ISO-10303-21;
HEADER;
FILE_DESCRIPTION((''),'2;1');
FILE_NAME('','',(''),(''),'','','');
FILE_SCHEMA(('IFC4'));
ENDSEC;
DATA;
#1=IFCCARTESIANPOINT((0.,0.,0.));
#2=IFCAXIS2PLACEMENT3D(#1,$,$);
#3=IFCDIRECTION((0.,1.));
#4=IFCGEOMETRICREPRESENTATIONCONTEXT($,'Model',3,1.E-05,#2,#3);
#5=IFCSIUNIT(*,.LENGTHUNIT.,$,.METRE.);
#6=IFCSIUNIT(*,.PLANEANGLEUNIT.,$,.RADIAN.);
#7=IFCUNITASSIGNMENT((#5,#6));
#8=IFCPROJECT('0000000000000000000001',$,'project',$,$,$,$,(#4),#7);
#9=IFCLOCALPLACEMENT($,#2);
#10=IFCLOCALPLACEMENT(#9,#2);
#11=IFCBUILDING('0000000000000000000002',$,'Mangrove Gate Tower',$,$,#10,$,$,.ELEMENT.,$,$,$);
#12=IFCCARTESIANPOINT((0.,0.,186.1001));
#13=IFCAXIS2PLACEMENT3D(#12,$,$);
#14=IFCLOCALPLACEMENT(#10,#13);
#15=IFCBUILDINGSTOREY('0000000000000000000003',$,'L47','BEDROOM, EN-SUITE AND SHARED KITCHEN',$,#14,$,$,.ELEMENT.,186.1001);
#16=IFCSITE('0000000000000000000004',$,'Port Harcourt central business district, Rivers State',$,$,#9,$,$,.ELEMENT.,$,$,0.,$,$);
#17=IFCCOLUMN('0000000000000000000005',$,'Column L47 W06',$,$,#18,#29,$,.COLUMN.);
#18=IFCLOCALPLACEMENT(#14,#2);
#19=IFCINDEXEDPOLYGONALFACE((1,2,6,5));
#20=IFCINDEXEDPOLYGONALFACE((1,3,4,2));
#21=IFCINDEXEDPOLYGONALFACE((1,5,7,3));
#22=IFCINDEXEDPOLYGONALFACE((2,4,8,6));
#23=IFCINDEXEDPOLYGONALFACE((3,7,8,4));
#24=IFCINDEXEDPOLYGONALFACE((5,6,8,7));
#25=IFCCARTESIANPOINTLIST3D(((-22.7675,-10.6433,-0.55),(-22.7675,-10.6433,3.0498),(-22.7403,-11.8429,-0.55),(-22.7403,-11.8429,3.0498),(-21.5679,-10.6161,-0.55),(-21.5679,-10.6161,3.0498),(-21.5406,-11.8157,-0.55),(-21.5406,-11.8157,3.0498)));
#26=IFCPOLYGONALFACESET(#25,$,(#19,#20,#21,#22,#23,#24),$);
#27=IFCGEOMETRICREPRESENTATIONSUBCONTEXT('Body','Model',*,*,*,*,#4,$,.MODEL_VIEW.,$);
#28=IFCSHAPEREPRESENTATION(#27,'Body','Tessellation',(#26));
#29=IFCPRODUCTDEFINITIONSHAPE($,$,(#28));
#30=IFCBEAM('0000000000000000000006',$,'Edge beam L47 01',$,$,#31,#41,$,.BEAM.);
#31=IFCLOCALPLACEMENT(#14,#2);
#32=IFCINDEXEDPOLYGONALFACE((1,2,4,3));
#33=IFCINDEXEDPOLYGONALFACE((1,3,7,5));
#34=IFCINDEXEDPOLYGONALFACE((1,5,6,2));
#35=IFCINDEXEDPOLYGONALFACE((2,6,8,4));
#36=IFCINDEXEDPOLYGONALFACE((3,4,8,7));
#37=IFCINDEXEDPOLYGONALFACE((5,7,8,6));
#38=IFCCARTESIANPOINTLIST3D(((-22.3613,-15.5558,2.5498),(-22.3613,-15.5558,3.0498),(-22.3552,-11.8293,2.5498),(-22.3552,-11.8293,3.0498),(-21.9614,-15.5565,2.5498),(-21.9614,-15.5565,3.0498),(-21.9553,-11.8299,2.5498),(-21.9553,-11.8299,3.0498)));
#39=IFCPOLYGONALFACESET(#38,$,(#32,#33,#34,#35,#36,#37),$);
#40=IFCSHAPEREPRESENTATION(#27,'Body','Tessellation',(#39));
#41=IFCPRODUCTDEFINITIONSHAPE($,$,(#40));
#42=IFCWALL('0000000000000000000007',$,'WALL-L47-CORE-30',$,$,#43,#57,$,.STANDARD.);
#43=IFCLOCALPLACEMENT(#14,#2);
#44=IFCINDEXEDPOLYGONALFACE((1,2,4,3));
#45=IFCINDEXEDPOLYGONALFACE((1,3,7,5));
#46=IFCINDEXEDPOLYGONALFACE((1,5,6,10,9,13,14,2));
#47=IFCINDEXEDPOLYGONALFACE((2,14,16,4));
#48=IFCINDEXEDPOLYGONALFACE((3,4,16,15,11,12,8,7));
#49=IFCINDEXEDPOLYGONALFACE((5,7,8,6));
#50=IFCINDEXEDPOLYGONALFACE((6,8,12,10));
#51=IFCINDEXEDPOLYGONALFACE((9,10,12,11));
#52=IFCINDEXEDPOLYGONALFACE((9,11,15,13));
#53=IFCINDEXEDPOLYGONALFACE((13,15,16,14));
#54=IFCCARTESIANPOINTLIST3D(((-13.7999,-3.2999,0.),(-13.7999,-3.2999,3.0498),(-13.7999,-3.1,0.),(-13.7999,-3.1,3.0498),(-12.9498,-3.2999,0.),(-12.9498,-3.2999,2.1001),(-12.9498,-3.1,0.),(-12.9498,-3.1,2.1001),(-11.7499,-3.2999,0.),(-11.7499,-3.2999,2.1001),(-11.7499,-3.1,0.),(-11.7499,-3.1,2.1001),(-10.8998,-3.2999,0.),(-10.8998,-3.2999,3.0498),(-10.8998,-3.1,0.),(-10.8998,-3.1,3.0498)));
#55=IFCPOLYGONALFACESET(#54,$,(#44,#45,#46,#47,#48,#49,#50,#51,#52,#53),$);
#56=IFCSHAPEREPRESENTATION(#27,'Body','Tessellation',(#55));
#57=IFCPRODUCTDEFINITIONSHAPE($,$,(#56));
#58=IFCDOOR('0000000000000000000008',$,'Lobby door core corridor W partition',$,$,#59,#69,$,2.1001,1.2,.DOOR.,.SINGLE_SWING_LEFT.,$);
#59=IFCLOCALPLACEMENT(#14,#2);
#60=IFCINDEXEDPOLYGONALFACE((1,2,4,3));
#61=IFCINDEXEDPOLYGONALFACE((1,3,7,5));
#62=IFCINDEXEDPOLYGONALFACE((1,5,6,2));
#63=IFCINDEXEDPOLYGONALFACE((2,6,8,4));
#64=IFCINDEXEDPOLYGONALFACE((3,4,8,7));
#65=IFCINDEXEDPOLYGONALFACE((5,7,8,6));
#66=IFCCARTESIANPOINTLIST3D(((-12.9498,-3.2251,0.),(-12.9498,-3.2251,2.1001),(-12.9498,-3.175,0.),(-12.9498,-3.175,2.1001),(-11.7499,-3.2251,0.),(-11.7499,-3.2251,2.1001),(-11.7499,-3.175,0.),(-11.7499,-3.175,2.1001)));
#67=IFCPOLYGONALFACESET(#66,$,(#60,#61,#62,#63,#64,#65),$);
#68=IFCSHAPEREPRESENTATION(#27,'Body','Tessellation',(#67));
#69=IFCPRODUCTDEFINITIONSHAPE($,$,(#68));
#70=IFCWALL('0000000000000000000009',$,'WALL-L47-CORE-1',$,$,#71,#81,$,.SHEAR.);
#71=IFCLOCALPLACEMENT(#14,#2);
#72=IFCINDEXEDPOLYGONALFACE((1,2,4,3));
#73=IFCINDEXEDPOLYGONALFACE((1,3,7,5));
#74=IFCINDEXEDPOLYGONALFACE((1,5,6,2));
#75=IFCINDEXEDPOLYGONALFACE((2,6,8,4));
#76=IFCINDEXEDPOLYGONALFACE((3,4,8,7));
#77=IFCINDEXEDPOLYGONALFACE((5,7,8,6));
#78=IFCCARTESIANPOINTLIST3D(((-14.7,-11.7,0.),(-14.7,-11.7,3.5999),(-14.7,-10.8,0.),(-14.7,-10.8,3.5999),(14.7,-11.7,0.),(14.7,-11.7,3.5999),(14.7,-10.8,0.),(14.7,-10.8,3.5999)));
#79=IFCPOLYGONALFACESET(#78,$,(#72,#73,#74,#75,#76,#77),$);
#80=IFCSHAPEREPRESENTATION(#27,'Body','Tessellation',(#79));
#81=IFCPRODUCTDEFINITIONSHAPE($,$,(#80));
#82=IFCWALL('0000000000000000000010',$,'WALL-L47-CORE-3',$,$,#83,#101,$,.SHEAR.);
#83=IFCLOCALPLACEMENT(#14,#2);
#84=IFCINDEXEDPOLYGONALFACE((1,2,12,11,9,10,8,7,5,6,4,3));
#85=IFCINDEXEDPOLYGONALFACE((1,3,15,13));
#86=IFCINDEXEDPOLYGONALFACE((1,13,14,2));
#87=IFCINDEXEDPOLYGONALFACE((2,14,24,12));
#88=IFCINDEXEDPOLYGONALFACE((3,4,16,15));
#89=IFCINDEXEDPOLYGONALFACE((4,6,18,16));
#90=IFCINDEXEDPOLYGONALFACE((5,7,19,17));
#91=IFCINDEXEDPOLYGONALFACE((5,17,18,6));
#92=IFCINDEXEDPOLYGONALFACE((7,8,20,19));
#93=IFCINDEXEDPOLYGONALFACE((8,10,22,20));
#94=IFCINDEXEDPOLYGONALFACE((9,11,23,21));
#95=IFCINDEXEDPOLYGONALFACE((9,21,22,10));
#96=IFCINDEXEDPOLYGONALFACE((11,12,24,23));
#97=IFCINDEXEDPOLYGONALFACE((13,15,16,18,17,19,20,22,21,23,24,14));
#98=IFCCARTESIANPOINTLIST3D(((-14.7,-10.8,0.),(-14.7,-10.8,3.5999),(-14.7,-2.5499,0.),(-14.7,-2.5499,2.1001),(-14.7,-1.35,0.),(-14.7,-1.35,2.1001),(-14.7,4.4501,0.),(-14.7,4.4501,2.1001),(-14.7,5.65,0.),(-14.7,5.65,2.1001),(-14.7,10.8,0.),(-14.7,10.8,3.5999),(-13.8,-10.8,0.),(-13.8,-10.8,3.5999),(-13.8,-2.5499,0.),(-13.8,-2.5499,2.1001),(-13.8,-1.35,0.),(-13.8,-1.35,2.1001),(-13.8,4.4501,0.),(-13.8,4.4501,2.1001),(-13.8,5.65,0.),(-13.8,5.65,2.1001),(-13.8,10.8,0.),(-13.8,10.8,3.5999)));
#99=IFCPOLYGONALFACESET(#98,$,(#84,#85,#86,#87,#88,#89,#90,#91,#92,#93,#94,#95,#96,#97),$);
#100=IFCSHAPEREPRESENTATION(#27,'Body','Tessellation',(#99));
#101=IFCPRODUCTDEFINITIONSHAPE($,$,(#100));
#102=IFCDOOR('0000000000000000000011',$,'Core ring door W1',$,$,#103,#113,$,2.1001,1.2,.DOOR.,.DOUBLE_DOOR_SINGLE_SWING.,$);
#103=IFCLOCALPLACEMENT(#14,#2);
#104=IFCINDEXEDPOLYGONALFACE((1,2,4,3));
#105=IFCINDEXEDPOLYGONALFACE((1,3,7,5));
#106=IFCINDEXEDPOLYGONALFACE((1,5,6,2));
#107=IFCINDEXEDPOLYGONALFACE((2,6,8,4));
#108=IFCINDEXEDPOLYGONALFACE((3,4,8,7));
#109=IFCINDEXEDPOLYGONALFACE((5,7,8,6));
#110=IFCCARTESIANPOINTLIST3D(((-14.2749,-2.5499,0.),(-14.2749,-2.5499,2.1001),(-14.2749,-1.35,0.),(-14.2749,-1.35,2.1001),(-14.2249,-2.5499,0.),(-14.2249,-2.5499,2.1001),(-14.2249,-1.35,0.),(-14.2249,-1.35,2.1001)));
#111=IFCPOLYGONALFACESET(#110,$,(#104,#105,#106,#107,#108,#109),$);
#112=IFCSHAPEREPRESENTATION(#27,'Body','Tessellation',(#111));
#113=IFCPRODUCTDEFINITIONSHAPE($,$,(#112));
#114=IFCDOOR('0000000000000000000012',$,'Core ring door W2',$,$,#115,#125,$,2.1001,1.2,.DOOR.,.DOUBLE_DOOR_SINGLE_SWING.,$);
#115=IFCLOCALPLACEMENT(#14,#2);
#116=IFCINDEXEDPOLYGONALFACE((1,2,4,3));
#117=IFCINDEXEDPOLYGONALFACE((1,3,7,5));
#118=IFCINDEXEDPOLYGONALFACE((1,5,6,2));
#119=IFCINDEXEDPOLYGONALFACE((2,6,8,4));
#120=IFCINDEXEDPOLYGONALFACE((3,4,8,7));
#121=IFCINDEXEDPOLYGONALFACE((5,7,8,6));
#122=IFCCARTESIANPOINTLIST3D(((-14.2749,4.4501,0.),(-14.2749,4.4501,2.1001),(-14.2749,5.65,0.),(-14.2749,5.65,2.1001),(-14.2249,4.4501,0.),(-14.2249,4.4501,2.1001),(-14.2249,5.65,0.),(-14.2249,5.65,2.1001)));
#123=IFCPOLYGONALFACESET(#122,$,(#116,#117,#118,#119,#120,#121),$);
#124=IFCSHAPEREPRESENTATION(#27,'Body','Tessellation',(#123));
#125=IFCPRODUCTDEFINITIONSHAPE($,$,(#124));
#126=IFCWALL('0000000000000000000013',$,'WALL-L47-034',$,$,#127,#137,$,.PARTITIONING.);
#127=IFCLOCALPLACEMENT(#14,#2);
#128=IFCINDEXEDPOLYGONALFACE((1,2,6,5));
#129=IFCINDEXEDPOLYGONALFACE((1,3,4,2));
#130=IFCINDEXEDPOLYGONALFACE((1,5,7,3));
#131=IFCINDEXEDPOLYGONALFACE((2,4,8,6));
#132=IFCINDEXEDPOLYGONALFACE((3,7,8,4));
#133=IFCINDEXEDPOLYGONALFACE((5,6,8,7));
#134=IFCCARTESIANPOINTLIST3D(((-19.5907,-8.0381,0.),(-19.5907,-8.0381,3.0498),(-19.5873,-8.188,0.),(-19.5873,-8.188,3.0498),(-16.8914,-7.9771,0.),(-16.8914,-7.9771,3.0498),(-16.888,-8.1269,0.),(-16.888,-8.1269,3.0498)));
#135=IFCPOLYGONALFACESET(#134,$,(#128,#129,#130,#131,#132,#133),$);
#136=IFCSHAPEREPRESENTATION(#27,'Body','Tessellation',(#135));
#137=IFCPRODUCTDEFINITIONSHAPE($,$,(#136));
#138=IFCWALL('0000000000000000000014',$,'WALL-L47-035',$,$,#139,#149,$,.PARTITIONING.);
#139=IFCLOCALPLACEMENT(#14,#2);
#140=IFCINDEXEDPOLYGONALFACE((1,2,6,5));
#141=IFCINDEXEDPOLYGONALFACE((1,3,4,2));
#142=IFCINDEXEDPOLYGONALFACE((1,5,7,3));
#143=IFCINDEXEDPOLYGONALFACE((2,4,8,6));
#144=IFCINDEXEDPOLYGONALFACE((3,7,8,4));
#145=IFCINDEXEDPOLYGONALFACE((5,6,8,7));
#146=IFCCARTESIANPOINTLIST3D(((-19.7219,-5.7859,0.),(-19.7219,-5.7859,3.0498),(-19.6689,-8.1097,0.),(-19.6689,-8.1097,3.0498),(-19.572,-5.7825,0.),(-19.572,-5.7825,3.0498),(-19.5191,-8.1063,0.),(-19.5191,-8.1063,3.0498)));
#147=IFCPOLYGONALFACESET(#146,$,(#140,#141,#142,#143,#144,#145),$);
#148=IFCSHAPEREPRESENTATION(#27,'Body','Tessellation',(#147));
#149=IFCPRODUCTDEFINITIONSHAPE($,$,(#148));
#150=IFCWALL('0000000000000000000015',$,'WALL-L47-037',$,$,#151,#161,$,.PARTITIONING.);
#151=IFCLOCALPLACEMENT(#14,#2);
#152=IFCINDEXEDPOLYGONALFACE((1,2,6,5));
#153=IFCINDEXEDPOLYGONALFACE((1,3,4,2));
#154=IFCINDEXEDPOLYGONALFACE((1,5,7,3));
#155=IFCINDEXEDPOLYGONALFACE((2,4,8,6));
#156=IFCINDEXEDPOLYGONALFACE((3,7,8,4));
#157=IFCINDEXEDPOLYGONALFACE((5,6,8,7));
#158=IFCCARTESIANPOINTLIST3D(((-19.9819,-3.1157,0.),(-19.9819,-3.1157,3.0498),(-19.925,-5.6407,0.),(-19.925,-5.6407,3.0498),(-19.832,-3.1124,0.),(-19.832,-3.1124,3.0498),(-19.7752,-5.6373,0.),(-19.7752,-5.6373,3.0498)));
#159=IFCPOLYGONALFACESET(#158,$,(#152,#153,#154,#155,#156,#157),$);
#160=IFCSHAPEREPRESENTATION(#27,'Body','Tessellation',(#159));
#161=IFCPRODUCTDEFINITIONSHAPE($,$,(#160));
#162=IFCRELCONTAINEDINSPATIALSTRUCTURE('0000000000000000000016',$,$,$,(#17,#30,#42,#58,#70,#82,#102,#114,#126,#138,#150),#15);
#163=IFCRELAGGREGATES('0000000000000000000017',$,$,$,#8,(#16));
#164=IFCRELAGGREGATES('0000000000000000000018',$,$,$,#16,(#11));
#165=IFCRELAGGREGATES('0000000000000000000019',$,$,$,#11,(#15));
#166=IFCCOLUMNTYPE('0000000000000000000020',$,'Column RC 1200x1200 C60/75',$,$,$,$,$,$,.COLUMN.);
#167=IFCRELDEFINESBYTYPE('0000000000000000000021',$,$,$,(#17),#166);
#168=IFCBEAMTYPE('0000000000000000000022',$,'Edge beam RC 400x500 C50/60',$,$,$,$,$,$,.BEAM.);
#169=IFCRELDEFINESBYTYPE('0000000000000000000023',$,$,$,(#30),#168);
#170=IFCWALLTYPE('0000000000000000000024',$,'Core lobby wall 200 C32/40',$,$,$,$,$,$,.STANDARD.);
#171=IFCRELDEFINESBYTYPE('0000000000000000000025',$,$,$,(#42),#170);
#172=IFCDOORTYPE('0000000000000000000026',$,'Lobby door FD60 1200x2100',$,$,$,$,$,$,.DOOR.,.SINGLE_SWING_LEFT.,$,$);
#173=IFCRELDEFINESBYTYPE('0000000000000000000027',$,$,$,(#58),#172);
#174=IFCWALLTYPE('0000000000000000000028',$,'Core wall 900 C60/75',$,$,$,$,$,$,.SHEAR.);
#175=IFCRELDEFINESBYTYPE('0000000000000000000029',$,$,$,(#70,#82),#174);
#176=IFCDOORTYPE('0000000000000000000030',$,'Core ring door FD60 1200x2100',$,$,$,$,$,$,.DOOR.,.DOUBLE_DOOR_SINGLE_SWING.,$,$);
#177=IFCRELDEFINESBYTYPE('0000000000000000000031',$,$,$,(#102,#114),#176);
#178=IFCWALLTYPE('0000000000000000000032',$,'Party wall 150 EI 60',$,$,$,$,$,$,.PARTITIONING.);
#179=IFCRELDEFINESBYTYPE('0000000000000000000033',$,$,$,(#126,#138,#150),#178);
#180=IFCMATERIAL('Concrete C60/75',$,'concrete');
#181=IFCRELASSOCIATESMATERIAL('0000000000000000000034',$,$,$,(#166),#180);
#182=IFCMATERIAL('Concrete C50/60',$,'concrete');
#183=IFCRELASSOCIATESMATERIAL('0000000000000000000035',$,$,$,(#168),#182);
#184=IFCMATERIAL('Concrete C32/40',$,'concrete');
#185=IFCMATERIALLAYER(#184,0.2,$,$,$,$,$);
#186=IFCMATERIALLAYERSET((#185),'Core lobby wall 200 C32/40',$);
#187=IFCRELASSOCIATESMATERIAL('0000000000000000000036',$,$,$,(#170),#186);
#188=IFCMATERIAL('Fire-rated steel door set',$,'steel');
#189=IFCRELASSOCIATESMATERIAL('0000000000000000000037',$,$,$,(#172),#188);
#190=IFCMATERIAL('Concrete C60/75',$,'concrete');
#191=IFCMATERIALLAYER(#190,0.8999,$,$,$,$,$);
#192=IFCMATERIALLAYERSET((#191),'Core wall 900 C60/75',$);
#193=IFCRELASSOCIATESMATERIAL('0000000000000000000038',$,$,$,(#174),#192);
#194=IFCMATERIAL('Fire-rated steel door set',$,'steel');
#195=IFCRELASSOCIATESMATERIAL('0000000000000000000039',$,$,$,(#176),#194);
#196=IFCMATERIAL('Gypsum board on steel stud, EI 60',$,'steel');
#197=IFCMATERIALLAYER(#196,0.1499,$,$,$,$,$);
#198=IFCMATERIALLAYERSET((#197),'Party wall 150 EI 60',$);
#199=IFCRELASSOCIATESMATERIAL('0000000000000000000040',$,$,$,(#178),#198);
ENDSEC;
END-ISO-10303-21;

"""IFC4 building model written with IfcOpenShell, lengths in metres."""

from ifc_helpers import new_model, si_unit, direction, frame, frame_2d, origin, origin_2d, place, context, subcontext, project, spatial, rectangle, extrude, material, layer, layer_set, material_profile, profile_set, type_object, element, fill, save


model = new_model("IFC4")

# Units and contexts
model_context = context("Model", 3, precision=1e-05, world=origin(), true_north=direction((0.0, 1.0)))
body_context = subcontext(model_context, "Body", "Model", "MODEL_VIEW")
ifc_project = project(units=[si_unit("LENGTHUNIT", "METRE"), si_unit("PLANEANGLEUNIT", "RADIAN")], contexts=[model_context])

# Site, building, storey
site_placement = place(None, origin())
site = spatial("IfcSite", under=ifc_project, at=site_placement, Name="Port Harcourt central business district, Rivers State", CompositionType="ELEMENT", RefElevation=0.0)
building_placement = place(site_placement, origin())
building = spatial("IfcBuilding", under=site, at=building_placement, Name="Mangrove Gate Tower", CompositionType="ELEMENT")
storey_placement = place(building_placement, frame((0.0, 0.0, 186.1001)))
storey = spatial("IfcBuildingStorey", under=building, at=storey_placement, Name="L47", Description="BEDROOM, EN-SUITE AND SHARED KITCHEN", CompositionType="ELEMENT", Elevation=186.1001)

# Column
ifc_material_1 = material(Name="Concrete C60/75", Category="concrete")
ifc_material_profile_1 = material_profile(ifc_material_1, rectangle(XDim=1.2, YDim=1.2, at=origin_2d()))
ifc_profile_set_1 = profile_set([ifc_material_profile_1], Name="Concrete C60/75")
column_type = type_object("IfcColumnType", Name="Column RC 1200x1200 C60/75", PredefinedType="COLUMN", material=ifc_profile_set_1)
column_placement = place(storey_placement, frame((-22.1541, -11.2295, -0.55), z_axis=(0.0, 0.0, 1.0), x_axis=(0.022703, -0.999742, 0.0)))
element("IfcColumn", 1, at=column_placement, inside=storey, type_object=column_type, Name="Column L47 W06", PredefinedType="COLUMN", context=body_context, shape_type="SweptSolid", body=[
    extrude(rectangle(XDim=1.2, YDim=1.2, at=origin_2d()), origin(), (0.0, 0.0, 1.0), 3.5999),
])

# Beam
ifc_material_2 = material(Name="Concrete C50/60", Category="concrete")
ifc_material_profile_2 = material_profile(ifc_material_2, rectangle(XDim=0.3999, YDim=0.5, at=origin_2d()))
ifc_profile_set_2 = profile_set([ifc_material_profile_2], Name="Concrete C50/60")
beam_type = type_object("IfcBeamType", Name="Edge beam RC 400x500 C50/60", PredefinedType="BEAM", material=ifc_profile_set_2)
beam_placement = place(storey_placement, frame((-22.1553, -11.8296, 2.7998), z_axis=(-0.001638, -0.999999, 0.0), x_axis=(0.999999, -0.001638, 0.0)))
element("IfcBeam", 2, at=beam_placement, inside=storey, type_object=beam_type, Name="Edge beam L47 01", PredefinedType="BEAM", context=body_context, shape_type="SweptSolid", body=[
    extrude(rectangle(XDim=0.3999, YDim=0.5, at=origin_2d()), origin(), (0.0, 0.0, 1.0), 3.7266),
])

# Wall, opening, door
ifc_material_3 = material(Name="Concrete C32/40", Category="concrete")
ifc_layer_1 = layer(ifc_material_3, 0.2)
ifc_layer_set_1 = layer_set([ifc_layer_1], Name="Core lobby wall 200 C32/40")
wall_type_1 = type_object("IfcWallType", Name="Core lobby wall 200 C32/40", PredefinedType="STANDARD", material=ifc_layer_set_1)
wall_1_placement = place(storey_placement, frame((-13.8, -3.2, 0.0), z_axis=(0.0, 0.0, 1.0), x_axis=(1.0, 0.0, 0.0)))
wall_1 = element("IfcWall", 3, at=wall_1_placement, inside=storey, type_object=wall_type_1, Name="WALL-L47-CORE-30", PredefinedType="STANDARD", context=body_context, shape_type="SweptSolid", body=[
    extrude(rectangle(XDim=2.9001, YDim=0.2, at=frame_2d((1.4502, 0.0))), origin(), (0.0, 0.0, 1.0), 3.0498),
])
opening_1_placement = place(wall_1_placement, frame((0.8501, 0.0, 0.0)))
opening_1 = element("IfcOpeningElement", 4, at=opening_1_placement, cuts=wall_1, PredefinedType="OPENING", context=body_context, shape_type="SweptSolid", body=[
    extrude(rectangle(XDim=1.2, YDim=2.1001, at=frame_2d((0.6001, 1.05))), frame((0.0, 0.1099, 0.0), z_axis=(0.0, -1.0, 0.0), x_axis=(1.0, 0.0, 0.0)), (0.0, 0.0, 1.0), 0.22),
])
ifc_material_4 = material(Name="Fire-rated steel door set", Category="steel")
door_type_1 = type_object("IfcDoorType", Name="Lobby door FD60 1200x2100", OperationType="SINGLE_SWING_LEFT", PredefinedType="DOOR", material=ifc_material_4)
door_1_placement = place(opening_1_placement, origin())
door_1 = element("IfcDoor", 5, at=door_1_placement, inside=storey, type_object=door_type_1, Name="Lobby door core corridor W partition", OperationType="SINGLE_SWING_LEFT", OverallHeight=2.1001, OverallWidth=1.2, PredefinedType="DOOR", context=body_context, shape_type="SweptSolid", body=[
    extrude(rectangle(XDim=1.2, YDim=2.1001, at=frame_2d((0.6001, 1.05))), frame((0.0, 0.0249, 0.0), z_axis=(0.0, -1.0, 0.0), x_axis=(1.0, 0.0, 0.0)), (0.0, 0.0, 1.0), 0.05),
])
fill(opening_1, door_1)

# Wall
ifc_material_5 = material(Name="Concrete C60/75", Category="concrete")
ifc_layer_2 = layer(ifc_material_5, 0.8999)
ifc_layer_set_2 = layer_set([ifc_layer_2], Name="Core wall 900 C60/75")
wall_type_2 = type_object("IfcWallType", Name="Core wall 900 C60/75", PredefinedType="SHEAR", material=ifc_layer_set_2)
wall_2_placement = place(storey_placement, frame((-14.7, -11.25, 0.0), z_axis=(0.0, 0.0, 1.0), x_axis=(1.0, 0.0, 0.0)))
element("IfcWall", 6, at=wall_2_placement, inside=storey, type_object=wall_type_2, Name="WALL-L47-CORE-1", PredefinedType="SHEAR", context=body_context, shape_type="SweptSolid", body=[
    extrude(rectangle(XDim=29.3999, YDim=0.8999, at=frame_2d((14.7, 0.0))), origin(), (0.0, 0.0, 1.0), 3.5999),
])

# Wall, openings, doors
wall_3_placement = place(storey_placement, frame((-14.25, -10.8, 0.0), z_axis=(0.0, 0.0, 1.0), x_axis=(0.0, 1.0, 0.0)))
wall_3 = element("IfcWall", 7, at=wall_3_placement, inside=storey, type_object=wall_type_2, Name="WALL-L47-CORE-3", PredefinedType="SHEAR", context=body_context, shape_type="SweptSolid", body=[
    extrude(rectangle(XDim=21.6001, YDim=0.8999, at=frame_2d((10.8, 0.0))), origin(), (0.0, 0.0, 1.0), 3.5999),
])
opening_2_placement = place(wall_3_placement, frame((8.25, 0.0, 0.0)))
opening_2 = element("IfcOpeningElement", 8, at=opening_2_placement, cuts=wall_3, PredefinedType="OPENING", context=body_context, shape_type="SweptSolid", body=[
    extrude(rectangle(XDim=1.2, YDim=2.1001, at=frame_2d((0.6001, 1.05))), frame((0.0, 0.46, 0.0), z_axis=(0.0, -1.0, 0.0), x_axis=(1.0, 0.0, 0.0)), (0.0, 0.0, 1.0), 0.9199),
])
opening_3_placement = place(wall_3_placement, frame((15.25, 0.0, 0.0)))
opening_3 = element("IfcOpeningElement", 9, at=opening_3_placement, cuts=wall_3, PredefinedType="OPENING", context=body_context, shape_type="SweptSolid", body=[
    extrude(rectangle(XDim=1.2, YDim=2.1001, at=frame_2d((0.6001, 1.05))), frame((0.0, 0.46, 0.0), z_axis=(0.0, -1.0, 0.0), x_axis=(1.0, 0.0, 0.0)), (0.0, 0.0, 1.0), 0.9199),
])
ifc_material_6 = material(Name="Fire-rated steel door set", Category="steel")
door_type_2 = type_object("IfcDoorType", Name="Core ring door FD60 1200x2100", OperationType="DOUBLE_DOOR_SINGLE_SWING", PredefinedType="DOOR", material=ifc_material_6)
door_2_placement = place(opening_2_placement, origin())
door_2 = element("IfcDoor", 10, at=door_2_placement, inside=storey, type_object=door_type_2, Name="Core ring door W1", OperationType="DOUBLE_DOOR_SINGLE_SWING", OverallHeight=2.1001, OverallWidth=1.2, PredefinedType="DOOR", context=body_context, shape_type="SweptSolid", body=[
    extrude(rectangle(XDim=1.2, YDim=2.1001, at=frame_2d((0.6001, 1.05))), frame((0.0, 0.0249, 0.0), z_axis=(0.0, -1.0, 0.0), x_axis=(1.0, 0.0, 0.0)), (0.0, 0.0, 1.0), 0.05),
])
fill(opening_2, door_2)
door_3_placement = place(opening_3_placement, origin())
door_3 = element("IfcDoor", 11, at=door_3_placement, inside=storey, type_object=door_type_2, Name="Core ring door W2", OperationType="DOUBLE_DOOR_SINGLE_SWING", OverallHeight=2.1001, OverallWidth=1.2, PredefinedType="DOOR", context=body_context, shape_type="SweptSolid", body=[
    extrude(rectangle(XDim=1.2, YDim=2.1001, at=frame_2d((0.6001, 1.05))), frame((0.0, 0.0249, 0.0), z_axis=(0.0, -1.0, 0.0), x_axis=(1.0, 0.0, 0.0)), (0.0, 0.0, 1.0), 0.05),
])
fill(opening_3, door_3)

# Walls
ifc_material_7 = material(Name="Gypsum board on steel stud, EI 60", Category="steel")
ifc_layer_3 = layer(ifc_material_7, 0.1499)
ifc_layer_set_3 = layer_set([ifc_layer_3], Name="Party wall 150 EI 60")
wall_type_3 = type_object("IfcWallType", Name="Party wall 150 EI 60", PredefinedType="PARTITIONING", material=ifc_layer_set_3)
wall_4_placement = place(storey_placement, frame((-19.5891, -8.113, 0.0), z_axis=(0.0, 0.0, 1.0), x_axis=(0.999744, 0.022606, 0.0)))
element("IfcWall", 12, at=wall_4_placement, inside=storey, type_object=wall_type_3, Name="WALL-L47-034", PredefinedType="PARTITIONING", context=body_context, shape_type="SweptSolid", body=[
    extrude(rectangle(XDim=2.7, YDim=0.1499, at=frame_2d((1.3501, 0.0))), origin(), (0.0, 0.0, 1.0), 3.0498),
])
wall_5_placement = place(storey_placement, frame((-19.594, -8.1079, 0.0), z_axis=(0.0, 0.0, 1.0), x_axis=(-0.022791, 0.99974, 0.0)))
element("IfcWall", 13, at=wall_5_placement, inside=storey, type_object=wall_type_3, Name="WALL-L47-035", PredefinedType="PARTITIONING", context=body_context, shape_type="SweptSolid", body=[
    extrude(rectangle(XDim=2.3245, YDim=0.1499, at=frame_2d((1.1621, 0.0))), origin(), (0.0, 0.0, 1.0), 3.0498),
])
wall_6_placement = place(storey_placement, frame((-19.8501, -5.6389, 0.0), z_axis=(0.0, 0.0, 1.0), x_axis=(-0.022524, 0.999746, 0.0)))
element("IfcWall", 14, at=wall_6_placement, inside=storey, type_object=wall_type_3, Name="WALL-L47-037", PredefinedType="PARTITIONING", context=body_context, shape_type="SweptSolid", body=[
    extrude(rectangle(XDim=2.5256, YDim=0.1499, at=frame_2d((1.2627, 0.0))), origin(), (0.0, 0.0, 1.0), 3.0498),
])

save(model, "model.ifc")
